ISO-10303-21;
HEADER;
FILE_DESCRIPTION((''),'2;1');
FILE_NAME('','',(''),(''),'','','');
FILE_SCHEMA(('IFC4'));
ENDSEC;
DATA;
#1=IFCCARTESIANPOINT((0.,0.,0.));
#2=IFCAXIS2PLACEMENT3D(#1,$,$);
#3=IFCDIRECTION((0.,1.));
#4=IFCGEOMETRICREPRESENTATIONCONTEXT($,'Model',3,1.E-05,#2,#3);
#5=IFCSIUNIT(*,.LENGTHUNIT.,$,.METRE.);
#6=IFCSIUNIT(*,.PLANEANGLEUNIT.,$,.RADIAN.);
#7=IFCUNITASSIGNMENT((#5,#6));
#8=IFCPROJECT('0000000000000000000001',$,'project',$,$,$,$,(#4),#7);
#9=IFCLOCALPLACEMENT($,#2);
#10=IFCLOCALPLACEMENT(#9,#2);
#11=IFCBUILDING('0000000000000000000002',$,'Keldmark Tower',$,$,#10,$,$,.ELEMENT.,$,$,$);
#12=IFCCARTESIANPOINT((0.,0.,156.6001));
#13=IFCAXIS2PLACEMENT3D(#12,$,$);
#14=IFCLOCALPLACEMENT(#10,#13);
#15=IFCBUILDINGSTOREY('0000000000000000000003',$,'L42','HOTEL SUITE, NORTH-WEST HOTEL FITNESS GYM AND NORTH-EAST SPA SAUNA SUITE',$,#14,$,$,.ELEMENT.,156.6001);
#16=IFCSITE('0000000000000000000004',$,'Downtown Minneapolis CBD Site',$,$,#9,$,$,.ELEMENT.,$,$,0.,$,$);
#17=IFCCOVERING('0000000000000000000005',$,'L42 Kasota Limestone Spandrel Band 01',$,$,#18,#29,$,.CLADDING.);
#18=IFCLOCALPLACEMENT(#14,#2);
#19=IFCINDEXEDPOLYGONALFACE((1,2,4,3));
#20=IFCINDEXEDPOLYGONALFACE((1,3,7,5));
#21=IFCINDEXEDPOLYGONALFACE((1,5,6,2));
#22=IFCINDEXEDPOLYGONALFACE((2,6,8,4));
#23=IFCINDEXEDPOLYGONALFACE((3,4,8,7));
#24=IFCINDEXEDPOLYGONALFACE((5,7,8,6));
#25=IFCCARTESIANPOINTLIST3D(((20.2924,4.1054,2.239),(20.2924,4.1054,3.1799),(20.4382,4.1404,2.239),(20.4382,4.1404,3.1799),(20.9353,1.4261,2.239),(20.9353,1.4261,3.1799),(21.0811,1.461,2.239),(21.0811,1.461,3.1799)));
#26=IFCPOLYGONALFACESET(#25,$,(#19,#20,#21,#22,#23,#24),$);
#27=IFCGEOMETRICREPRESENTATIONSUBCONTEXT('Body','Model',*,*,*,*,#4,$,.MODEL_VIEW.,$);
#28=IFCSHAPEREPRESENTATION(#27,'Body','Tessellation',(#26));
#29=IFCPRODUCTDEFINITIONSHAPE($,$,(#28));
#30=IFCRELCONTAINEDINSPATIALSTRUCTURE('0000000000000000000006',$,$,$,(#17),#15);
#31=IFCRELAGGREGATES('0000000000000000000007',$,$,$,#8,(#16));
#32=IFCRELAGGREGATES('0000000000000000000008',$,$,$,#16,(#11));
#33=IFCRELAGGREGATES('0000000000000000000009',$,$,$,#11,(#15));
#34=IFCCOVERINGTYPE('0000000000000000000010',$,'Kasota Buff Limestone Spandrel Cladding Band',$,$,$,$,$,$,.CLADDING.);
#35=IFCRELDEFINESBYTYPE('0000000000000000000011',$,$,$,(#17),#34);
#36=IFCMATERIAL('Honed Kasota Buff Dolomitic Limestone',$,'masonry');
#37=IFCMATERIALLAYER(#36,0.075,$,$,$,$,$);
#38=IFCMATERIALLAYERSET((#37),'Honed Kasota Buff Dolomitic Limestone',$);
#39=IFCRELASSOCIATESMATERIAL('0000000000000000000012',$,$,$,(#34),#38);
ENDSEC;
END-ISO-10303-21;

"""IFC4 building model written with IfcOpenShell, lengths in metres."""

from ifc_helpers import new_model, si_unit, direction, frame, origin, origin_2d, place, context, subcontext, project, spatial, rectangle, extrude, material, layer, layer_set, type_object, element, save


model = new_model("IFC4")

# Units and contexts
model_context = context("Model", 3, precision=1e-05, world=origin(), true_north=direction((0.0, 1.0)))
body_context = subcontext(model_context, "Body", "Model", "MODEL_VIEW")
ifc_project = project(units=[si_unit("LENGTHUNIT", "METRE"), si_unit("PLANEANGLEUNIT", "RADIAN")], contexts=[model_context])

# Site, building, storey
site_placement = place(None, origin())
site = spatial("IfcSite", under=ifc_project, at=site_placement, Name="Downtown Minneapolis CBD Site", CompositionType="ELEMENT", RefElevation=0.0)
building_placement = place(site_placement, origin())
building = spatial("IfcBuilding", under=site, at=building_placement, Name="Keldmark Tower", CompositionType="ELEMENT")
storey_placement = place(building_placement, frame((0.0, 0.0, 156.6001)))
storey = spatial("IfcBuildingStorey", under=building, at=storey_placement, Name="L42", Description="HOTEL SUITE, NORTH-WEST HOTEL FITNESS GYM AND NORTH-EAST SPA SAUNA SUITE", CompositionType="ELEMENT", Elevation=156.6001)

# Covering
ifc_material_1 = material(Name="Honed Kasota Buff Dolomitic Limestone", Category="masonry")
ifc_layer_1 = layer(ifc_material_1, 0.075)
ifc_layer_set_1 = layer_set([ifc_layer_1], Name="Honed Kasota Buff Dolomitic Limestone")
covering_type = type_object("IfcCoveringType", Name="Kasota Buff Limestone Spandrel Cladding Band", PredefinedType="CLADDING", material=ifc_layer_set_1)
covering_placement = place(storey_placement, frame((20.6868, 2.7832, 2.239), z_axis=(0.0, 0.0, 1.0), x_axis=(-0.233327, 0.972398, 0.0)))
element("IfcCovering", 1, at=covering_placement, inside=storey, type_object=covering_type, Name="L42 Kasota Limestone Spandrel Band 01", PredefinedType="CLADDING", context=body_context, shape_type="SweptSolid", body=[
    extrude(rectangle(XDim=2.7554, YDim=0.1499, at=origin_2d()), origin(), (0.0, 0.0, 1.0), 0.9409),
])

save(model, "model.ifc")
